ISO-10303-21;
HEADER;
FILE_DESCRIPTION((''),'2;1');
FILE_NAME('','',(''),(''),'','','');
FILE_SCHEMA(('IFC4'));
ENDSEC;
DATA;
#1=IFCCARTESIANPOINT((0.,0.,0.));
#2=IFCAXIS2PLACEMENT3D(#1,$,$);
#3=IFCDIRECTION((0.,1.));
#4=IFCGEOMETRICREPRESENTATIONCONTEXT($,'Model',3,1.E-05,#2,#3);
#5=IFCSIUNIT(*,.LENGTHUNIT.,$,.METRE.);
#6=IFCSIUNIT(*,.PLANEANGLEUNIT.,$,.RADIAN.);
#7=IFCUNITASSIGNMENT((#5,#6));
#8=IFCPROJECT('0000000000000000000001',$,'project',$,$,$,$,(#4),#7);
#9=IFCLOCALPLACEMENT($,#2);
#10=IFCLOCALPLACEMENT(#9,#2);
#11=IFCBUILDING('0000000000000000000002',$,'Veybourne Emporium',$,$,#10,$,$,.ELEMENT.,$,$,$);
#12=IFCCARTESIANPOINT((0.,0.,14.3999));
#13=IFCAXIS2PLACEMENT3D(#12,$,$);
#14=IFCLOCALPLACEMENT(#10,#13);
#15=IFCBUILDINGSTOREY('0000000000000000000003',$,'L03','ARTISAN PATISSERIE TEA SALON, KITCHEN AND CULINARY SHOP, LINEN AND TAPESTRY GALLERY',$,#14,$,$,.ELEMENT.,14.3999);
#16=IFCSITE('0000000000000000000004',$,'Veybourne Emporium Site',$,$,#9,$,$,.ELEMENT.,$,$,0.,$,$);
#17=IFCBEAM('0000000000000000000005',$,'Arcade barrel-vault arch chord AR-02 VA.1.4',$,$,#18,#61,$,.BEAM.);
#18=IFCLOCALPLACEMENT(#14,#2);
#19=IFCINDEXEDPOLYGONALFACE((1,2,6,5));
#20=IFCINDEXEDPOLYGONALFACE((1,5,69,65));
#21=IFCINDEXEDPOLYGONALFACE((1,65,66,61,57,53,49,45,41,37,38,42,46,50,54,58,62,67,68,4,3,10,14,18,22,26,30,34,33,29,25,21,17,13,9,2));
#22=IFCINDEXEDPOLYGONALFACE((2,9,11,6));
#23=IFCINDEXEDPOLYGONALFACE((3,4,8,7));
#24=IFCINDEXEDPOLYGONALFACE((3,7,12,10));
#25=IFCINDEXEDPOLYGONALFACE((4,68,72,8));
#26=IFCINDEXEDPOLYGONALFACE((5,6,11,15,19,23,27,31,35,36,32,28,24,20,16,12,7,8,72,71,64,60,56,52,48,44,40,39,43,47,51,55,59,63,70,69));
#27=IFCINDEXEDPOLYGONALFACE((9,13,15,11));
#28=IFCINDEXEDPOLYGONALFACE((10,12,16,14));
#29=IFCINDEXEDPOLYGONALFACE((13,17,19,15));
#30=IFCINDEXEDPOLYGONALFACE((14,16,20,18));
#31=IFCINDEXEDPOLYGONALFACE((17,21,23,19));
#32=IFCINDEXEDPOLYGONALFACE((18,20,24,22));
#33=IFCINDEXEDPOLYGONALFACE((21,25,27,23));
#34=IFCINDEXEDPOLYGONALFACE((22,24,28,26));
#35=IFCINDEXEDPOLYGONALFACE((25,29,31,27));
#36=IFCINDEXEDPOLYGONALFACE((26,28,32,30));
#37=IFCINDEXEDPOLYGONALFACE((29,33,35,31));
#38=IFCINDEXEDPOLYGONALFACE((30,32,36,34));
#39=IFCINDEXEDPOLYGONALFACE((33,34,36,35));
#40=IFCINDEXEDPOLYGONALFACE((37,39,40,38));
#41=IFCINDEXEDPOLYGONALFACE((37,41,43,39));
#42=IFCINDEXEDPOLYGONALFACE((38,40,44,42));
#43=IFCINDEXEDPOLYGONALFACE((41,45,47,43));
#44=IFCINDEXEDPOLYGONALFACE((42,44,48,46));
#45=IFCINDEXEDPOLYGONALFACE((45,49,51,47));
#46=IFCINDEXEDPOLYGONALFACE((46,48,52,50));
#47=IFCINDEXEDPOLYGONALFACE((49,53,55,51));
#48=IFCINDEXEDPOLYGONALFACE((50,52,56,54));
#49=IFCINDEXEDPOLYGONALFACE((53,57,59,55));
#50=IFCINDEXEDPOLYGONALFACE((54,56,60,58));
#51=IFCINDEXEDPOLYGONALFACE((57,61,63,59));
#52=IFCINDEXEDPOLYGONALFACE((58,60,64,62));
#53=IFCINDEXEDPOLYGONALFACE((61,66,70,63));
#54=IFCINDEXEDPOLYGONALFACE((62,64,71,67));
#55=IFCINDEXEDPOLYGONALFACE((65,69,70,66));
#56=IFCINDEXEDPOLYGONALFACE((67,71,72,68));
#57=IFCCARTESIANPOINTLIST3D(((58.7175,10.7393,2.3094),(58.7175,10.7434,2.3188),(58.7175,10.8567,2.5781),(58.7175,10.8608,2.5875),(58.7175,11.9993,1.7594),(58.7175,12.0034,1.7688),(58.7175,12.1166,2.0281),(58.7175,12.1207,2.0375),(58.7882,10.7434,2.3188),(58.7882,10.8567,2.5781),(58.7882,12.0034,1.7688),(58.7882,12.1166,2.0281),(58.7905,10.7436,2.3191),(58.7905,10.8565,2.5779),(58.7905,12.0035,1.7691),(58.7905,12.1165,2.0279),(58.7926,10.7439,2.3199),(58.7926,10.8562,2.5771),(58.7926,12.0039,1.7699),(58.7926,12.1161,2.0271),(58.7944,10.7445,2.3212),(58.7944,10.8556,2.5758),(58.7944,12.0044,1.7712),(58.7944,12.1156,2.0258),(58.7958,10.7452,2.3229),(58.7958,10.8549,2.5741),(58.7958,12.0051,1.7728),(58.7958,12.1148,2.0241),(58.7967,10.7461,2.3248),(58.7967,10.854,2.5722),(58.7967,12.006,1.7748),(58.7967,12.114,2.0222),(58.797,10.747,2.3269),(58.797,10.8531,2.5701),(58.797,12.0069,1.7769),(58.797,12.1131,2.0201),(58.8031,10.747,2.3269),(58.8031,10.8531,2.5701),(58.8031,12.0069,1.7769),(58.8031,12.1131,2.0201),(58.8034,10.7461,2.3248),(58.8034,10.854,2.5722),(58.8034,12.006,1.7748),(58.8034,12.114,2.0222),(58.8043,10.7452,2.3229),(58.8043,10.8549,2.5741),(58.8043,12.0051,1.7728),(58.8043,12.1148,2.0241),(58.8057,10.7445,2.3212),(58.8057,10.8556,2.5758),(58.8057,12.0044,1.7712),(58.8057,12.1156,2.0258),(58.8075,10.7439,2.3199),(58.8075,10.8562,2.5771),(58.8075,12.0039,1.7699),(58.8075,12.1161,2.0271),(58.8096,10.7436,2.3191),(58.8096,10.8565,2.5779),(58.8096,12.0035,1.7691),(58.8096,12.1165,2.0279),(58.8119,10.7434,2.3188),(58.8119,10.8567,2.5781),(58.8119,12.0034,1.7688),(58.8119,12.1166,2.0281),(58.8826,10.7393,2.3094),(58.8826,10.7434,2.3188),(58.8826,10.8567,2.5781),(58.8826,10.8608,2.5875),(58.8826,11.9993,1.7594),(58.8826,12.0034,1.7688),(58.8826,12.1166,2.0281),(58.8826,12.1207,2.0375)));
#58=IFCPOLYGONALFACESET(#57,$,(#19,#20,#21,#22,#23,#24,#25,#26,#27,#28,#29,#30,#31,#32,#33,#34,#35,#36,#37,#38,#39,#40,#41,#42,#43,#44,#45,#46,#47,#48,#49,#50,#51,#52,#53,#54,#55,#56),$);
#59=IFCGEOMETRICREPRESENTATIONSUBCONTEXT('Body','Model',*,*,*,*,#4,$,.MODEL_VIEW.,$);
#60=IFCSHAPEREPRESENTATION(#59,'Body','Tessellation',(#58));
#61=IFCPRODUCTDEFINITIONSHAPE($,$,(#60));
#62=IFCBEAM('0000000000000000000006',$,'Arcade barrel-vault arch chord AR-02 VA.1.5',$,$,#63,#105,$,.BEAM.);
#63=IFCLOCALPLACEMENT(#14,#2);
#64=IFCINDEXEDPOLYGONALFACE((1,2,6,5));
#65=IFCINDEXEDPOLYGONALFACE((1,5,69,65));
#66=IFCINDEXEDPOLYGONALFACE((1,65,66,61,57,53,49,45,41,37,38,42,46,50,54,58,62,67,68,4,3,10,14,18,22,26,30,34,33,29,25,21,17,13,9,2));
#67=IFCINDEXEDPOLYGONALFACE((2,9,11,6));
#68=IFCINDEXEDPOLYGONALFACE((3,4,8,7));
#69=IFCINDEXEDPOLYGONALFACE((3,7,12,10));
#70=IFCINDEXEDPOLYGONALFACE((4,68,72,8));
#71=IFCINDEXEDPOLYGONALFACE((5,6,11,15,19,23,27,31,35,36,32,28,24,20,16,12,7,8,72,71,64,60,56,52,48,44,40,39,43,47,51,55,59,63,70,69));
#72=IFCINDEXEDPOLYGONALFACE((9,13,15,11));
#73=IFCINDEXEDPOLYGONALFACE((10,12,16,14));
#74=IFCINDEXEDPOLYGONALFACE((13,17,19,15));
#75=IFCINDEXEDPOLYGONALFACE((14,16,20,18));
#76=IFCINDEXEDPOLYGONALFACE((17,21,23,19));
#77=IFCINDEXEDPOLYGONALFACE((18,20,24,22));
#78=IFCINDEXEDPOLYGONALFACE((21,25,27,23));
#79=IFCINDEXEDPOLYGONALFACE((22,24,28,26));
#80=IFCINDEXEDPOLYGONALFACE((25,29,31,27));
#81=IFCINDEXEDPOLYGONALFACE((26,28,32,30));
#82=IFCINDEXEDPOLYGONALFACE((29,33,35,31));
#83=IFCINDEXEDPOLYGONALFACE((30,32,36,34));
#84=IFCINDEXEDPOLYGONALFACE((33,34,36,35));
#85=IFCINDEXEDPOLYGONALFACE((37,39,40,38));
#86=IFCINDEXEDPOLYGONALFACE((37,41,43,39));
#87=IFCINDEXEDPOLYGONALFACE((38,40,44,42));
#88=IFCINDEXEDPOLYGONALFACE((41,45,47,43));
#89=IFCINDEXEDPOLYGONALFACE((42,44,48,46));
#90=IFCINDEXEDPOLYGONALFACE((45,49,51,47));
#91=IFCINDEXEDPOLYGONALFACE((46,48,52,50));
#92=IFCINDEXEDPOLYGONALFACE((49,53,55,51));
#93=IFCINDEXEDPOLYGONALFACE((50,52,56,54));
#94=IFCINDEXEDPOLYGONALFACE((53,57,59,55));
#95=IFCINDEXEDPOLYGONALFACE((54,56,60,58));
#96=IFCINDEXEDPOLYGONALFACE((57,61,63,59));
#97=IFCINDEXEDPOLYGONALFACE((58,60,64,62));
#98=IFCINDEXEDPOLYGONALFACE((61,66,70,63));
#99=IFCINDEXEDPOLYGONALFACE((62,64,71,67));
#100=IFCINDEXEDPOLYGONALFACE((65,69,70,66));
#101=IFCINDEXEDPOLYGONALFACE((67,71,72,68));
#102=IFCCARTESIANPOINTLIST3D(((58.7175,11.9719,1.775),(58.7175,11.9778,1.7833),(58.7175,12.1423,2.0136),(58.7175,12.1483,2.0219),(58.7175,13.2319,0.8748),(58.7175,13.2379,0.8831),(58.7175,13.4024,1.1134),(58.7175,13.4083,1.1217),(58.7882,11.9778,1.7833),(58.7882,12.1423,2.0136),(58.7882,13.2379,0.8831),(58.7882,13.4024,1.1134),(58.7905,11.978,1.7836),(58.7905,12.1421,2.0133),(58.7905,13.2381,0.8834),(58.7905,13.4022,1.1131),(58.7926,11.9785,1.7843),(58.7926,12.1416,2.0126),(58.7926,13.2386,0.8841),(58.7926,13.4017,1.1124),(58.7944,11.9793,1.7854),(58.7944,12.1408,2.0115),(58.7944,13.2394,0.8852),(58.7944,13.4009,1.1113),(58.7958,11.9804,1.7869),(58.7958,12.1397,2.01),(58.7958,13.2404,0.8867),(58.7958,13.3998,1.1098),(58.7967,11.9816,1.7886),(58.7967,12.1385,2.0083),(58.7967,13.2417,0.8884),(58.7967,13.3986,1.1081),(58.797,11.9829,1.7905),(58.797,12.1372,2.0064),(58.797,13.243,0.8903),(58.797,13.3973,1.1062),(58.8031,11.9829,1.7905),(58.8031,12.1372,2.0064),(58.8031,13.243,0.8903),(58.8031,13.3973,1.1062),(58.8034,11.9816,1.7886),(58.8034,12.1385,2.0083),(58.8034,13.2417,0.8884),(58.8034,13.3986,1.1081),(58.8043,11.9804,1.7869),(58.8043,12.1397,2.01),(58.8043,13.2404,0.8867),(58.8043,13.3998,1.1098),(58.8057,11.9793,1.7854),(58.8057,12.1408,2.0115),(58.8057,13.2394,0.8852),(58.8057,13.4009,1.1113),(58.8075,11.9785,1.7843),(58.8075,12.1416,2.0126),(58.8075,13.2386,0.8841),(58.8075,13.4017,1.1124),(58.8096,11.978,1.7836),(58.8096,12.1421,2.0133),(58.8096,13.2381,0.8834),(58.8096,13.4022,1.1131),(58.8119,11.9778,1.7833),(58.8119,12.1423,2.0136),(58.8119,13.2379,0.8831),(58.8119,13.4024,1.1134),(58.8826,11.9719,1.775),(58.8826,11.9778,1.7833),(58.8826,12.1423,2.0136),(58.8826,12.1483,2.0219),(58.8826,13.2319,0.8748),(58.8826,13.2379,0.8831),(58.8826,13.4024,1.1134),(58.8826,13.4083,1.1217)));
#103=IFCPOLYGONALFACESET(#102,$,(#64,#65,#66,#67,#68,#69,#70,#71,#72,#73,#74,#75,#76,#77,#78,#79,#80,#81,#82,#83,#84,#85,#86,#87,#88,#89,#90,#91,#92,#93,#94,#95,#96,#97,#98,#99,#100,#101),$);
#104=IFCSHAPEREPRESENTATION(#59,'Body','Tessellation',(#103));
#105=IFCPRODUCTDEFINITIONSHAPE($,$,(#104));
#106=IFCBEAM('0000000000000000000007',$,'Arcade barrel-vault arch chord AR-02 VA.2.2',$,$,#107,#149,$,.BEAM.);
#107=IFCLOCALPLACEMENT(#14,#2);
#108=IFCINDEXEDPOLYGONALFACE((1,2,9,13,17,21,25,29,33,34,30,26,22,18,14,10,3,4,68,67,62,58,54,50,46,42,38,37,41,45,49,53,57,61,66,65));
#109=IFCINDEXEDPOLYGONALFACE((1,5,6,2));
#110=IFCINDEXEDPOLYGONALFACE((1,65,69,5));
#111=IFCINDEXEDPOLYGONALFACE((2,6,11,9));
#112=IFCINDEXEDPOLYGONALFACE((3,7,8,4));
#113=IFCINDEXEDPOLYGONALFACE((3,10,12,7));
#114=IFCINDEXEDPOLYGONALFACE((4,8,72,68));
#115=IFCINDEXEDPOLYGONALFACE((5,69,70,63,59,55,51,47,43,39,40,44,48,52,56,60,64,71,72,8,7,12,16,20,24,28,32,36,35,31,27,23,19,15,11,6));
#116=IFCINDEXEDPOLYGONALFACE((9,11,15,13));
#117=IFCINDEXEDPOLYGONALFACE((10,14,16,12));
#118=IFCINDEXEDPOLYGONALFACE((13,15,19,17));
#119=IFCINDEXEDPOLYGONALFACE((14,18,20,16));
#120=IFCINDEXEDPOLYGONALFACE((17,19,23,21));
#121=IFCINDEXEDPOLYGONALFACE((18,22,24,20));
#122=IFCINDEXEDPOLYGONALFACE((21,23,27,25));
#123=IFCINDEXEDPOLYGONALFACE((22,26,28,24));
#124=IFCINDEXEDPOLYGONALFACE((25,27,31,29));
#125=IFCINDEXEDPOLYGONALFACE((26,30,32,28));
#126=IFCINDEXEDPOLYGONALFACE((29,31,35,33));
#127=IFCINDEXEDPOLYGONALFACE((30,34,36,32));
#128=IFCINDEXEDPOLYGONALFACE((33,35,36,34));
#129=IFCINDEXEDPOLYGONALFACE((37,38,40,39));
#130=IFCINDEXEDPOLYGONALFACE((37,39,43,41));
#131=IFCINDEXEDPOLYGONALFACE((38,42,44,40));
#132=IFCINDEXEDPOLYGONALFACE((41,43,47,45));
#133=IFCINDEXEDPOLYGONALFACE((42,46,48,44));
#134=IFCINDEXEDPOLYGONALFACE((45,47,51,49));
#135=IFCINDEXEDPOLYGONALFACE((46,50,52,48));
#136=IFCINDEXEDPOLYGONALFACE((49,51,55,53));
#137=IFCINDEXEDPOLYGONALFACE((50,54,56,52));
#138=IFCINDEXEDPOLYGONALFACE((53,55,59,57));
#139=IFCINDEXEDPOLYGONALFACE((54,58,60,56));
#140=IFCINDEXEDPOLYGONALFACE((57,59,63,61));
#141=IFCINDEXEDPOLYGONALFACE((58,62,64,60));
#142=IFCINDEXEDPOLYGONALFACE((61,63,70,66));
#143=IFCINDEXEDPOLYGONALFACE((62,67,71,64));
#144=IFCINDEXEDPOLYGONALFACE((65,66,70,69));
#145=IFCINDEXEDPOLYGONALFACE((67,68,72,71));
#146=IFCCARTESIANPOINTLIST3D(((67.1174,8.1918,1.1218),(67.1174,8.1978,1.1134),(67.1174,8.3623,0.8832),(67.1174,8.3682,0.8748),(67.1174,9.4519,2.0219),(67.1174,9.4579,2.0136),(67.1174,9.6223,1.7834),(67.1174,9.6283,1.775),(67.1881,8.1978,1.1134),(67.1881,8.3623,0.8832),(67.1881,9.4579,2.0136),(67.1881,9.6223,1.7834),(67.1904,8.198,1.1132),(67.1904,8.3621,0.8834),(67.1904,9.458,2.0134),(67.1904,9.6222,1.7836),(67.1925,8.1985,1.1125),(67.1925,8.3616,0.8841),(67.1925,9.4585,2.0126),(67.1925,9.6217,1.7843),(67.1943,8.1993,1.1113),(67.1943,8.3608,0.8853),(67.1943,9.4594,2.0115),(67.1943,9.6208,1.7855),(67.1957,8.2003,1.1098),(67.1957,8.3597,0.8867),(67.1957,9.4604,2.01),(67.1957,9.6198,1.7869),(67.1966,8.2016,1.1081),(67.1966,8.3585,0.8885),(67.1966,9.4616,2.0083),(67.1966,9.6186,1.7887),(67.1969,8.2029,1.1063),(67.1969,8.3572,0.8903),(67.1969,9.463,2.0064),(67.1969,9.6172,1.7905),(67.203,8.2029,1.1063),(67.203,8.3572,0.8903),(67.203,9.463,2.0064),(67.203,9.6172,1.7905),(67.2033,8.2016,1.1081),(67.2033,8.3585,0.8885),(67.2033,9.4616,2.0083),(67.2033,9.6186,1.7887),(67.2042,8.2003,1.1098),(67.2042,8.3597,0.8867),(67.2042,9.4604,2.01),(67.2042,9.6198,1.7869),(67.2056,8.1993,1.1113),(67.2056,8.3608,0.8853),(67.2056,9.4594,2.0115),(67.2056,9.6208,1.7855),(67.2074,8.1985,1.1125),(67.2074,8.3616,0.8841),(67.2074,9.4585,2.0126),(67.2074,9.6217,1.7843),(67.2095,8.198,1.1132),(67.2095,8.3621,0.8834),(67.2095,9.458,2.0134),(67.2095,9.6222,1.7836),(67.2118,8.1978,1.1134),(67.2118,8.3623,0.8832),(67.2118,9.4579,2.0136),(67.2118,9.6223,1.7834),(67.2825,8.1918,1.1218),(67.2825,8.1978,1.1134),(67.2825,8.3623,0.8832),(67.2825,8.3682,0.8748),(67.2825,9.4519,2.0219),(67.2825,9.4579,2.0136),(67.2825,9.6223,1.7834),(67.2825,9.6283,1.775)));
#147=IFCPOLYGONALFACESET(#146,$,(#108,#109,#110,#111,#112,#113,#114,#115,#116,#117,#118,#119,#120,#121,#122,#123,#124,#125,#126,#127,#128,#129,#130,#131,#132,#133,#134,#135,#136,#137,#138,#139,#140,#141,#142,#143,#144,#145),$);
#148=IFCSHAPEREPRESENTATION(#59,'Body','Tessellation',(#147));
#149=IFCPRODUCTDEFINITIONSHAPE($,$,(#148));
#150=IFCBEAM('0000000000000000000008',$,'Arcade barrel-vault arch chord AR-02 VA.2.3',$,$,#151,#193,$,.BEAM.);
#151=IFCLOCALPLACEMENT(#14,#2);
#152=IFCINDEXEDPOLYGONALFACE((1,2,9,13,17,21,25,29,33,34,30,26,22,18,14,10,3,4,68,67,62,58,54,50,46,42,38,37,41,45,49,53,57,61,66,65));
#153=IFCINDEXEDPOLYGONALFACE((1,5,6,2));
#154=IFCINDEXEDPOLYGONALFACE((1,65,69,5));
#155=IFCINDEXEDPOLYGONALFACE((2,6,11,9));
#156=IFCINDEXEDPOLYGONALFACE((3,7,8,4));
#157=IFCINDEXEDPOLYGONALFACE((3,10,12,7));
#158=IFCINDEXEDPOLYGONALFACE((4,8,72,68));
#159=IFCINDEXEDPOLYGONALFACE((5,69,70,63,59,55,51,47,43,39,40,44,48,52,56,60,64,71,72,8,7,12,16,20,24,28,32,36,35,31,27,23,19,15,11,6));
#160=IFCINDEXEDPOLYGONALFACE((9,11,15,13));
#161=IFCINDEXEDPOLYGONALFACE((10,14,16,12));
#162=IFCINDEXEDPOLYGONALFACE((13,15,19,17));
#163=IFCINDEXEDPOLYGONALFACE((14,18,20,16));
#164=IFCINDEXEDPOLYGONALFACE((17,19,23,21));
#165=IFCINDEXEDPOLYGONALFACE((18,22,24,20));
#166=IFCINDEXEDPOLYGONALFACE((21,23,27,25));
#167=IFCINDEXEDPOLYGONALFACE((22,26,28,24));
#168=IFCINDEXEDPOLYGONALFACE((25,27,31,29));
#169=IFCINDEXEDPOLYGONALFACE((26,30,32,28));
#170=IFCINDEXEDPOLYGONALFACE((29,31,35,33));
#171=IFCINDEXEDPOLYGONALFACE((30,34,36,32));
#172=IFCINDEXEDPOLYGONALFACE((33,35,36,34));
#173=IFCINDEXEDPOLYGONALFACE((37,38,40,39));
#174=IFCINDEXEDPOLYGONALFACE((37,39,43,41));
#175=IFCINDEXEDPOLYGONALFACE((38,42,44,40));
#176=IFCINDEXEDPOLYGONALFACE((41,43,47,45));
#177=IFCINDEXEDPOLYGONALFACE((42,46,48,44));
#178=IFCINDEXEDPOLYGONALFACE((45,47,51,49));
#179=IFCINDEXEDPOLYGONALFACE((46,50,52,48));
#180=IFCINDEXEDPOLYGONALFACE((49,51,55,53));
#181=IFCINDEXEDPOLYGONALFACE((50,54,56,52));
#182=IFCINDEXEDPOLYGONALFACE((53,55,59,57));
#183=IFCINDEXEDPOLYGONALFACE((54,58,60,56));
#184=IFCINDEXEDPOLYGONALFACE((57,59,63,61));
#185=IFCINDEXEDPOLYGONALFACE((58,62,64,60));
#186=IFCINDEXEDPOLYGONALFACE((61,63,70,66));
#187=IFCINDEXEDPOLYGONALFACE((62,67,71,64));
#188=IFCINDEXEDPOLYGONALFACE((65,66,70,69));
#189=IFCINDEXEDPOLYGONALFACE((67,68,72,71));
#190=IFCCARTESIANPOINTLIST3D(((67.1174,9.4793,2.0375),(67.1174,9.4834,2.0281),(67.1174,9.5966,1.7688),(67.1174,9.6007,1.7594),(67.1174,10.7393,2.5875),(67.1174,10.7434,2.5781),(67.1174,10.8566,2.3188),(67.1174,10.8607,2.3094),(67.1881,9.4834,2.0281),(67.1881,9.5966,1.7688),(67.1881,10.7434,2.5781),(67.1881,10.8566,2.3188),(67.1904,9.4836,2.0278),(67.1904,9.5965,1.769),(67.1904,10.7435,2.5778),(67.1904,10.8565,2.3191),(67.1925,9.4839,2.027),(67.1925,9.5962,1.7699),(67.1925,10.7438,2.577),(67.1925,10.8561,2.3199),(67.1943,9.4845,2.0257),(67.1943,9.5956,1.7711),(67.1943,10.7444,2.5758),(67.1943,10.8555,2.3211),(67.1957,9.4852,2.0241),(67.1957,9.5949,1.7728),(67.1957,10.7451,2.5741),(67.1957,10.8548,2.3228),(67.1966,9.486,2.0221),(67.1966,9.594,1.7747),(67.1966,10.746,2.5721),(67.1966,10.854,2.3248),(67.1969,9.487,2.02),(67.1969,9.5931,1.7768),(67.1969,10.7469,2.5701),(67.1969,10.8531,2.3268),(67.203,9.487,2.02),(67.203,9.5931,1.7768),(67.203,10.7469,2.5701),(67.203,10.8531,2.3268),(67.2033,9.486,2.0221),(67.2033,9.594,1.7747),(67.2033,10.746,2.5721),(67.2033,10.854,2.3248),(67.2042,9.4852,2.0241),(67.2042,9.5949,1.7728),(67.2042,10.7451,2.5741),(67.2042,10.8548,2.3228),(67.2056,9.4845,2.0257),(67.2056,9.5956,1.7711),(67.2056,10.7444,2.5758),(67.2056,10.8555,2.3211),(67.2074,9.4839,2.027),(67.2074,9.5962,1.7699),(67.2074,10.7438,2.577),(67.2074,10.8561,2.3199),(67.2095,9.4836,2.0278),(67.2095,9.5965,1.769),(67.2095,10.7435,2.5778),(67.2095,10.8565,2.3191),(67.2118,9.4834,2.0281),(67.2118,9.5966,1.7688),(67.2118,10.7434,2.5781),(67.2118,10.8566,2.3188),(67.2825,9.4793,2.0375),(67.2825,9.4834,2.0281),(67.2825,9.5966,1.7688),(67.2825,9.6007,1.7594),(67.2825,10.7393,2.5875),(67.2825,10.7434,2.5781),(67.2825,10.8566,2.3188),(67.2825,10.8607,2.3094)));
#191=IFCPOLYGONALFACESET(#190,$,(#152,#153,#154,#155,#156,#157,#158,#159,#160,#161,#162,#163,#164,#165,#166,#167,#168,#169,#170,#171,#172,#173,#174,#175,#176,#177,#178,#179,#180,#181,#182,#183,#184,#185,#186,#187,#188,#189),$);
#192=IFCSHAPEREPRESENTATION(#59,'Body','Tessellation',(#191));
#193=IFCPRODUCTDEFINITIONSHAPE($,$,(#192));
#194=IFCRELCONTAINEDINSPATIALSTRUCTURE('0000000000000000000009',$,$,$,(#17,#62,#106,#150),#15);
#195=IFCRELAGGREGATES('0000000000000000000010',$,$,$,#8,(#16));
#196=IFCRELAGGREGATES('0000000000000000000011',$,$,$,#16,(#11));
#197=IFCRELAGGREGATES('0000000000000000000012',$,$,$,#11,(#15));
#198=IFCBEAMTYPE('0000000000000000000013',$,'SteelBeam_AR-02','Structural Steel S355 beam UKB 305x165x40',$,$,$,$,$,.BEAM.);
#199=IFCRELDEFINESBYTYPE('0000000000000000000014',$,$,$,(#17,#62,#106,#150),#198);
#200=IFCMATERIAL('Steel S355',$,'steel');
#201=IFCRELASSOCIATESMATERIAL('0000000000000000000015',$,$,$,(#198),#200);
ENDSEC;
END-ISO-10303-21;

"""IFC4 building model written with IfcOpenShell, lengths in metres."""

from ifc_helpers import new_model, si_unit, direction, frame, origin, origin_2d, place, context, subcontext, project, spatial, i_section, extrude, material, material_profile, profile_set, type_object, element, save


model = new_model("IFC4")

# Units and contexts
model_context = context("Model", 3, precision=1e-05, world=origin(), true_north=direction((0.0, 1.0)))
body_context = subcontext(model_context, "Body", "Model", "MODEL_VIEW")
ifc_project = project(units=[si_unit("LENGTHUNIT", "METRE"), si_unit("PLANEANGLEUNIT", "RADIAN")], contexts=[model_context])

# Site, building, storey
site_placement = place(None, origin())
site = spatial("IfcSite", under=ifc_project, at=site_placement, Name="Veybourne Emporium Site", CompositionType="ELEMENT", RefElevation=0.0)
building_placement = place(site_placement, origin())
building = spatial("IfcBuilding", under=site, at=building_placement, Name="Veybourne Emporium", CompositionType="ELEMENT")
storey_placement = place(building_placement, frame((0.0, 0.0, 14.3999)))
storey = spatial("IfcBuildingStorey", under=building, at=storey_placement, Name="L03", Description="ARTISAN PATISSERIE TEA SALON, KITCHEN AND CULINARY SHOP, LINEN AND TAPESTRY GALLERY", CompositionType="ELEMENT", Elevation=14.3999)

# Beams
ifc_material_1 = material(Name="Steel S355", Category="steel")
ifc_material_profile_1 = material_profile(ifc_material_1, i_section(OverallWidth=0.165, OverallDepth=0.3035, WebThickness=0.0061, FlangeThickness=0.0103, FilletRadius=0.0088, at=origin_2d()), Name="UKB 305x165x40")
ifc_profile_set_1 = profile_set([ifc_material_profile_1], Name="Steel S355")
beam_type_1 = type_object("IfcBeamType", Name="SteelBeam_AR-02", Description="Structural Steel S355 beam UKB 305x165x40", PredefinedType="BEAM", material=ifc_profile_set_1)
for number, where, z_axis, x_axis, name in (
    (1, (58.8, 10.8, 2.4485), (0.0, 0.916479, -0.400083), (-1.0, 0.0, 0.0), "Arcade barrel-vault arch chord AR-02 VA.1.4"),
):
    element("IfcBeam", number, at=place(storey_placement, frame(where, z_axis=z_axis, x_axis=x_axis)), inside=storey, type_object=beam_type_1, Name=name, PredefinedType="BEAM", context=body_context, shape_type="SweptSolid", body=[
        extrude(i_section(OverallWidth=0.165, OverallDepth=0.3035, WebThickness=0.0061, FlangeThickness=0.0103, FilletRadius=0.0088, at=origin_2d()), origin(), (0.0, 0.0, 1.0), 1.3748),
    ])
for number, where, z_axis, x_axis, name in (
    (2, (58.8, 12.0601, 1.8984), (0.0, 0.813691, -0.581298), (-1.0, 0.0, 0.0), "Arcade barrel-vault arch chord AR-02 VA.1.5"),
    (3, (67.2, 8.28, 0.9983), (0.0, 0.813691, 0.581298), (-1.0, 0.0, 0.0), "Arcade barrel-vault arch chord AR-02 VA.2.2"),
):
    element("IfcBeam", number, at=place(storey_placement, frame(where, z_axis=z_axis, x_axis=x_axis)), inside=storey, type_object=beam_type_1, Name=name, PredefinedType="BEAM", context=body_context, shape_type="SweptSolid", body=[
        extrude(i_section(OverallWidth=0.165, OverallDepth=0.3035, WebThickness=0.0061, FlangeThickness=0.0103, FilletRadius=0.0088, at=origin_2d()), origin(), (0.0, 0.0, 1.0), 1.5486),
    ])
for number, where, z_axis, x_axis, name in (
    (4, (67.2, 9.54, 1.8984), (0.0, 0.916479, 0.400083), (-1.0, 0.0, 0.0), "Arcade barrel-vault arch chord AR-02 VA.2.3"),
):
    element("IfcBeam", number, at=place(storey_placement, frame(where, z_axis=z_axis, x_axis=x_axis)), inside=storey, type_object=beam_type_1, Name=name, PredefinedType="BEAM", context=body_context, shape_type="SweptSolid", body=[
        extrude(i_section(OverallWidth=0.165, OverallDepth=0.3035, WebThickness=0.0061, FlangeThickness=0.0103, FilletRadius=0.0088, at=origin_2d()), origin(), (0.0, 0.0, 1.0), 1.3748),
    ])

save(model, "model.ifc")
